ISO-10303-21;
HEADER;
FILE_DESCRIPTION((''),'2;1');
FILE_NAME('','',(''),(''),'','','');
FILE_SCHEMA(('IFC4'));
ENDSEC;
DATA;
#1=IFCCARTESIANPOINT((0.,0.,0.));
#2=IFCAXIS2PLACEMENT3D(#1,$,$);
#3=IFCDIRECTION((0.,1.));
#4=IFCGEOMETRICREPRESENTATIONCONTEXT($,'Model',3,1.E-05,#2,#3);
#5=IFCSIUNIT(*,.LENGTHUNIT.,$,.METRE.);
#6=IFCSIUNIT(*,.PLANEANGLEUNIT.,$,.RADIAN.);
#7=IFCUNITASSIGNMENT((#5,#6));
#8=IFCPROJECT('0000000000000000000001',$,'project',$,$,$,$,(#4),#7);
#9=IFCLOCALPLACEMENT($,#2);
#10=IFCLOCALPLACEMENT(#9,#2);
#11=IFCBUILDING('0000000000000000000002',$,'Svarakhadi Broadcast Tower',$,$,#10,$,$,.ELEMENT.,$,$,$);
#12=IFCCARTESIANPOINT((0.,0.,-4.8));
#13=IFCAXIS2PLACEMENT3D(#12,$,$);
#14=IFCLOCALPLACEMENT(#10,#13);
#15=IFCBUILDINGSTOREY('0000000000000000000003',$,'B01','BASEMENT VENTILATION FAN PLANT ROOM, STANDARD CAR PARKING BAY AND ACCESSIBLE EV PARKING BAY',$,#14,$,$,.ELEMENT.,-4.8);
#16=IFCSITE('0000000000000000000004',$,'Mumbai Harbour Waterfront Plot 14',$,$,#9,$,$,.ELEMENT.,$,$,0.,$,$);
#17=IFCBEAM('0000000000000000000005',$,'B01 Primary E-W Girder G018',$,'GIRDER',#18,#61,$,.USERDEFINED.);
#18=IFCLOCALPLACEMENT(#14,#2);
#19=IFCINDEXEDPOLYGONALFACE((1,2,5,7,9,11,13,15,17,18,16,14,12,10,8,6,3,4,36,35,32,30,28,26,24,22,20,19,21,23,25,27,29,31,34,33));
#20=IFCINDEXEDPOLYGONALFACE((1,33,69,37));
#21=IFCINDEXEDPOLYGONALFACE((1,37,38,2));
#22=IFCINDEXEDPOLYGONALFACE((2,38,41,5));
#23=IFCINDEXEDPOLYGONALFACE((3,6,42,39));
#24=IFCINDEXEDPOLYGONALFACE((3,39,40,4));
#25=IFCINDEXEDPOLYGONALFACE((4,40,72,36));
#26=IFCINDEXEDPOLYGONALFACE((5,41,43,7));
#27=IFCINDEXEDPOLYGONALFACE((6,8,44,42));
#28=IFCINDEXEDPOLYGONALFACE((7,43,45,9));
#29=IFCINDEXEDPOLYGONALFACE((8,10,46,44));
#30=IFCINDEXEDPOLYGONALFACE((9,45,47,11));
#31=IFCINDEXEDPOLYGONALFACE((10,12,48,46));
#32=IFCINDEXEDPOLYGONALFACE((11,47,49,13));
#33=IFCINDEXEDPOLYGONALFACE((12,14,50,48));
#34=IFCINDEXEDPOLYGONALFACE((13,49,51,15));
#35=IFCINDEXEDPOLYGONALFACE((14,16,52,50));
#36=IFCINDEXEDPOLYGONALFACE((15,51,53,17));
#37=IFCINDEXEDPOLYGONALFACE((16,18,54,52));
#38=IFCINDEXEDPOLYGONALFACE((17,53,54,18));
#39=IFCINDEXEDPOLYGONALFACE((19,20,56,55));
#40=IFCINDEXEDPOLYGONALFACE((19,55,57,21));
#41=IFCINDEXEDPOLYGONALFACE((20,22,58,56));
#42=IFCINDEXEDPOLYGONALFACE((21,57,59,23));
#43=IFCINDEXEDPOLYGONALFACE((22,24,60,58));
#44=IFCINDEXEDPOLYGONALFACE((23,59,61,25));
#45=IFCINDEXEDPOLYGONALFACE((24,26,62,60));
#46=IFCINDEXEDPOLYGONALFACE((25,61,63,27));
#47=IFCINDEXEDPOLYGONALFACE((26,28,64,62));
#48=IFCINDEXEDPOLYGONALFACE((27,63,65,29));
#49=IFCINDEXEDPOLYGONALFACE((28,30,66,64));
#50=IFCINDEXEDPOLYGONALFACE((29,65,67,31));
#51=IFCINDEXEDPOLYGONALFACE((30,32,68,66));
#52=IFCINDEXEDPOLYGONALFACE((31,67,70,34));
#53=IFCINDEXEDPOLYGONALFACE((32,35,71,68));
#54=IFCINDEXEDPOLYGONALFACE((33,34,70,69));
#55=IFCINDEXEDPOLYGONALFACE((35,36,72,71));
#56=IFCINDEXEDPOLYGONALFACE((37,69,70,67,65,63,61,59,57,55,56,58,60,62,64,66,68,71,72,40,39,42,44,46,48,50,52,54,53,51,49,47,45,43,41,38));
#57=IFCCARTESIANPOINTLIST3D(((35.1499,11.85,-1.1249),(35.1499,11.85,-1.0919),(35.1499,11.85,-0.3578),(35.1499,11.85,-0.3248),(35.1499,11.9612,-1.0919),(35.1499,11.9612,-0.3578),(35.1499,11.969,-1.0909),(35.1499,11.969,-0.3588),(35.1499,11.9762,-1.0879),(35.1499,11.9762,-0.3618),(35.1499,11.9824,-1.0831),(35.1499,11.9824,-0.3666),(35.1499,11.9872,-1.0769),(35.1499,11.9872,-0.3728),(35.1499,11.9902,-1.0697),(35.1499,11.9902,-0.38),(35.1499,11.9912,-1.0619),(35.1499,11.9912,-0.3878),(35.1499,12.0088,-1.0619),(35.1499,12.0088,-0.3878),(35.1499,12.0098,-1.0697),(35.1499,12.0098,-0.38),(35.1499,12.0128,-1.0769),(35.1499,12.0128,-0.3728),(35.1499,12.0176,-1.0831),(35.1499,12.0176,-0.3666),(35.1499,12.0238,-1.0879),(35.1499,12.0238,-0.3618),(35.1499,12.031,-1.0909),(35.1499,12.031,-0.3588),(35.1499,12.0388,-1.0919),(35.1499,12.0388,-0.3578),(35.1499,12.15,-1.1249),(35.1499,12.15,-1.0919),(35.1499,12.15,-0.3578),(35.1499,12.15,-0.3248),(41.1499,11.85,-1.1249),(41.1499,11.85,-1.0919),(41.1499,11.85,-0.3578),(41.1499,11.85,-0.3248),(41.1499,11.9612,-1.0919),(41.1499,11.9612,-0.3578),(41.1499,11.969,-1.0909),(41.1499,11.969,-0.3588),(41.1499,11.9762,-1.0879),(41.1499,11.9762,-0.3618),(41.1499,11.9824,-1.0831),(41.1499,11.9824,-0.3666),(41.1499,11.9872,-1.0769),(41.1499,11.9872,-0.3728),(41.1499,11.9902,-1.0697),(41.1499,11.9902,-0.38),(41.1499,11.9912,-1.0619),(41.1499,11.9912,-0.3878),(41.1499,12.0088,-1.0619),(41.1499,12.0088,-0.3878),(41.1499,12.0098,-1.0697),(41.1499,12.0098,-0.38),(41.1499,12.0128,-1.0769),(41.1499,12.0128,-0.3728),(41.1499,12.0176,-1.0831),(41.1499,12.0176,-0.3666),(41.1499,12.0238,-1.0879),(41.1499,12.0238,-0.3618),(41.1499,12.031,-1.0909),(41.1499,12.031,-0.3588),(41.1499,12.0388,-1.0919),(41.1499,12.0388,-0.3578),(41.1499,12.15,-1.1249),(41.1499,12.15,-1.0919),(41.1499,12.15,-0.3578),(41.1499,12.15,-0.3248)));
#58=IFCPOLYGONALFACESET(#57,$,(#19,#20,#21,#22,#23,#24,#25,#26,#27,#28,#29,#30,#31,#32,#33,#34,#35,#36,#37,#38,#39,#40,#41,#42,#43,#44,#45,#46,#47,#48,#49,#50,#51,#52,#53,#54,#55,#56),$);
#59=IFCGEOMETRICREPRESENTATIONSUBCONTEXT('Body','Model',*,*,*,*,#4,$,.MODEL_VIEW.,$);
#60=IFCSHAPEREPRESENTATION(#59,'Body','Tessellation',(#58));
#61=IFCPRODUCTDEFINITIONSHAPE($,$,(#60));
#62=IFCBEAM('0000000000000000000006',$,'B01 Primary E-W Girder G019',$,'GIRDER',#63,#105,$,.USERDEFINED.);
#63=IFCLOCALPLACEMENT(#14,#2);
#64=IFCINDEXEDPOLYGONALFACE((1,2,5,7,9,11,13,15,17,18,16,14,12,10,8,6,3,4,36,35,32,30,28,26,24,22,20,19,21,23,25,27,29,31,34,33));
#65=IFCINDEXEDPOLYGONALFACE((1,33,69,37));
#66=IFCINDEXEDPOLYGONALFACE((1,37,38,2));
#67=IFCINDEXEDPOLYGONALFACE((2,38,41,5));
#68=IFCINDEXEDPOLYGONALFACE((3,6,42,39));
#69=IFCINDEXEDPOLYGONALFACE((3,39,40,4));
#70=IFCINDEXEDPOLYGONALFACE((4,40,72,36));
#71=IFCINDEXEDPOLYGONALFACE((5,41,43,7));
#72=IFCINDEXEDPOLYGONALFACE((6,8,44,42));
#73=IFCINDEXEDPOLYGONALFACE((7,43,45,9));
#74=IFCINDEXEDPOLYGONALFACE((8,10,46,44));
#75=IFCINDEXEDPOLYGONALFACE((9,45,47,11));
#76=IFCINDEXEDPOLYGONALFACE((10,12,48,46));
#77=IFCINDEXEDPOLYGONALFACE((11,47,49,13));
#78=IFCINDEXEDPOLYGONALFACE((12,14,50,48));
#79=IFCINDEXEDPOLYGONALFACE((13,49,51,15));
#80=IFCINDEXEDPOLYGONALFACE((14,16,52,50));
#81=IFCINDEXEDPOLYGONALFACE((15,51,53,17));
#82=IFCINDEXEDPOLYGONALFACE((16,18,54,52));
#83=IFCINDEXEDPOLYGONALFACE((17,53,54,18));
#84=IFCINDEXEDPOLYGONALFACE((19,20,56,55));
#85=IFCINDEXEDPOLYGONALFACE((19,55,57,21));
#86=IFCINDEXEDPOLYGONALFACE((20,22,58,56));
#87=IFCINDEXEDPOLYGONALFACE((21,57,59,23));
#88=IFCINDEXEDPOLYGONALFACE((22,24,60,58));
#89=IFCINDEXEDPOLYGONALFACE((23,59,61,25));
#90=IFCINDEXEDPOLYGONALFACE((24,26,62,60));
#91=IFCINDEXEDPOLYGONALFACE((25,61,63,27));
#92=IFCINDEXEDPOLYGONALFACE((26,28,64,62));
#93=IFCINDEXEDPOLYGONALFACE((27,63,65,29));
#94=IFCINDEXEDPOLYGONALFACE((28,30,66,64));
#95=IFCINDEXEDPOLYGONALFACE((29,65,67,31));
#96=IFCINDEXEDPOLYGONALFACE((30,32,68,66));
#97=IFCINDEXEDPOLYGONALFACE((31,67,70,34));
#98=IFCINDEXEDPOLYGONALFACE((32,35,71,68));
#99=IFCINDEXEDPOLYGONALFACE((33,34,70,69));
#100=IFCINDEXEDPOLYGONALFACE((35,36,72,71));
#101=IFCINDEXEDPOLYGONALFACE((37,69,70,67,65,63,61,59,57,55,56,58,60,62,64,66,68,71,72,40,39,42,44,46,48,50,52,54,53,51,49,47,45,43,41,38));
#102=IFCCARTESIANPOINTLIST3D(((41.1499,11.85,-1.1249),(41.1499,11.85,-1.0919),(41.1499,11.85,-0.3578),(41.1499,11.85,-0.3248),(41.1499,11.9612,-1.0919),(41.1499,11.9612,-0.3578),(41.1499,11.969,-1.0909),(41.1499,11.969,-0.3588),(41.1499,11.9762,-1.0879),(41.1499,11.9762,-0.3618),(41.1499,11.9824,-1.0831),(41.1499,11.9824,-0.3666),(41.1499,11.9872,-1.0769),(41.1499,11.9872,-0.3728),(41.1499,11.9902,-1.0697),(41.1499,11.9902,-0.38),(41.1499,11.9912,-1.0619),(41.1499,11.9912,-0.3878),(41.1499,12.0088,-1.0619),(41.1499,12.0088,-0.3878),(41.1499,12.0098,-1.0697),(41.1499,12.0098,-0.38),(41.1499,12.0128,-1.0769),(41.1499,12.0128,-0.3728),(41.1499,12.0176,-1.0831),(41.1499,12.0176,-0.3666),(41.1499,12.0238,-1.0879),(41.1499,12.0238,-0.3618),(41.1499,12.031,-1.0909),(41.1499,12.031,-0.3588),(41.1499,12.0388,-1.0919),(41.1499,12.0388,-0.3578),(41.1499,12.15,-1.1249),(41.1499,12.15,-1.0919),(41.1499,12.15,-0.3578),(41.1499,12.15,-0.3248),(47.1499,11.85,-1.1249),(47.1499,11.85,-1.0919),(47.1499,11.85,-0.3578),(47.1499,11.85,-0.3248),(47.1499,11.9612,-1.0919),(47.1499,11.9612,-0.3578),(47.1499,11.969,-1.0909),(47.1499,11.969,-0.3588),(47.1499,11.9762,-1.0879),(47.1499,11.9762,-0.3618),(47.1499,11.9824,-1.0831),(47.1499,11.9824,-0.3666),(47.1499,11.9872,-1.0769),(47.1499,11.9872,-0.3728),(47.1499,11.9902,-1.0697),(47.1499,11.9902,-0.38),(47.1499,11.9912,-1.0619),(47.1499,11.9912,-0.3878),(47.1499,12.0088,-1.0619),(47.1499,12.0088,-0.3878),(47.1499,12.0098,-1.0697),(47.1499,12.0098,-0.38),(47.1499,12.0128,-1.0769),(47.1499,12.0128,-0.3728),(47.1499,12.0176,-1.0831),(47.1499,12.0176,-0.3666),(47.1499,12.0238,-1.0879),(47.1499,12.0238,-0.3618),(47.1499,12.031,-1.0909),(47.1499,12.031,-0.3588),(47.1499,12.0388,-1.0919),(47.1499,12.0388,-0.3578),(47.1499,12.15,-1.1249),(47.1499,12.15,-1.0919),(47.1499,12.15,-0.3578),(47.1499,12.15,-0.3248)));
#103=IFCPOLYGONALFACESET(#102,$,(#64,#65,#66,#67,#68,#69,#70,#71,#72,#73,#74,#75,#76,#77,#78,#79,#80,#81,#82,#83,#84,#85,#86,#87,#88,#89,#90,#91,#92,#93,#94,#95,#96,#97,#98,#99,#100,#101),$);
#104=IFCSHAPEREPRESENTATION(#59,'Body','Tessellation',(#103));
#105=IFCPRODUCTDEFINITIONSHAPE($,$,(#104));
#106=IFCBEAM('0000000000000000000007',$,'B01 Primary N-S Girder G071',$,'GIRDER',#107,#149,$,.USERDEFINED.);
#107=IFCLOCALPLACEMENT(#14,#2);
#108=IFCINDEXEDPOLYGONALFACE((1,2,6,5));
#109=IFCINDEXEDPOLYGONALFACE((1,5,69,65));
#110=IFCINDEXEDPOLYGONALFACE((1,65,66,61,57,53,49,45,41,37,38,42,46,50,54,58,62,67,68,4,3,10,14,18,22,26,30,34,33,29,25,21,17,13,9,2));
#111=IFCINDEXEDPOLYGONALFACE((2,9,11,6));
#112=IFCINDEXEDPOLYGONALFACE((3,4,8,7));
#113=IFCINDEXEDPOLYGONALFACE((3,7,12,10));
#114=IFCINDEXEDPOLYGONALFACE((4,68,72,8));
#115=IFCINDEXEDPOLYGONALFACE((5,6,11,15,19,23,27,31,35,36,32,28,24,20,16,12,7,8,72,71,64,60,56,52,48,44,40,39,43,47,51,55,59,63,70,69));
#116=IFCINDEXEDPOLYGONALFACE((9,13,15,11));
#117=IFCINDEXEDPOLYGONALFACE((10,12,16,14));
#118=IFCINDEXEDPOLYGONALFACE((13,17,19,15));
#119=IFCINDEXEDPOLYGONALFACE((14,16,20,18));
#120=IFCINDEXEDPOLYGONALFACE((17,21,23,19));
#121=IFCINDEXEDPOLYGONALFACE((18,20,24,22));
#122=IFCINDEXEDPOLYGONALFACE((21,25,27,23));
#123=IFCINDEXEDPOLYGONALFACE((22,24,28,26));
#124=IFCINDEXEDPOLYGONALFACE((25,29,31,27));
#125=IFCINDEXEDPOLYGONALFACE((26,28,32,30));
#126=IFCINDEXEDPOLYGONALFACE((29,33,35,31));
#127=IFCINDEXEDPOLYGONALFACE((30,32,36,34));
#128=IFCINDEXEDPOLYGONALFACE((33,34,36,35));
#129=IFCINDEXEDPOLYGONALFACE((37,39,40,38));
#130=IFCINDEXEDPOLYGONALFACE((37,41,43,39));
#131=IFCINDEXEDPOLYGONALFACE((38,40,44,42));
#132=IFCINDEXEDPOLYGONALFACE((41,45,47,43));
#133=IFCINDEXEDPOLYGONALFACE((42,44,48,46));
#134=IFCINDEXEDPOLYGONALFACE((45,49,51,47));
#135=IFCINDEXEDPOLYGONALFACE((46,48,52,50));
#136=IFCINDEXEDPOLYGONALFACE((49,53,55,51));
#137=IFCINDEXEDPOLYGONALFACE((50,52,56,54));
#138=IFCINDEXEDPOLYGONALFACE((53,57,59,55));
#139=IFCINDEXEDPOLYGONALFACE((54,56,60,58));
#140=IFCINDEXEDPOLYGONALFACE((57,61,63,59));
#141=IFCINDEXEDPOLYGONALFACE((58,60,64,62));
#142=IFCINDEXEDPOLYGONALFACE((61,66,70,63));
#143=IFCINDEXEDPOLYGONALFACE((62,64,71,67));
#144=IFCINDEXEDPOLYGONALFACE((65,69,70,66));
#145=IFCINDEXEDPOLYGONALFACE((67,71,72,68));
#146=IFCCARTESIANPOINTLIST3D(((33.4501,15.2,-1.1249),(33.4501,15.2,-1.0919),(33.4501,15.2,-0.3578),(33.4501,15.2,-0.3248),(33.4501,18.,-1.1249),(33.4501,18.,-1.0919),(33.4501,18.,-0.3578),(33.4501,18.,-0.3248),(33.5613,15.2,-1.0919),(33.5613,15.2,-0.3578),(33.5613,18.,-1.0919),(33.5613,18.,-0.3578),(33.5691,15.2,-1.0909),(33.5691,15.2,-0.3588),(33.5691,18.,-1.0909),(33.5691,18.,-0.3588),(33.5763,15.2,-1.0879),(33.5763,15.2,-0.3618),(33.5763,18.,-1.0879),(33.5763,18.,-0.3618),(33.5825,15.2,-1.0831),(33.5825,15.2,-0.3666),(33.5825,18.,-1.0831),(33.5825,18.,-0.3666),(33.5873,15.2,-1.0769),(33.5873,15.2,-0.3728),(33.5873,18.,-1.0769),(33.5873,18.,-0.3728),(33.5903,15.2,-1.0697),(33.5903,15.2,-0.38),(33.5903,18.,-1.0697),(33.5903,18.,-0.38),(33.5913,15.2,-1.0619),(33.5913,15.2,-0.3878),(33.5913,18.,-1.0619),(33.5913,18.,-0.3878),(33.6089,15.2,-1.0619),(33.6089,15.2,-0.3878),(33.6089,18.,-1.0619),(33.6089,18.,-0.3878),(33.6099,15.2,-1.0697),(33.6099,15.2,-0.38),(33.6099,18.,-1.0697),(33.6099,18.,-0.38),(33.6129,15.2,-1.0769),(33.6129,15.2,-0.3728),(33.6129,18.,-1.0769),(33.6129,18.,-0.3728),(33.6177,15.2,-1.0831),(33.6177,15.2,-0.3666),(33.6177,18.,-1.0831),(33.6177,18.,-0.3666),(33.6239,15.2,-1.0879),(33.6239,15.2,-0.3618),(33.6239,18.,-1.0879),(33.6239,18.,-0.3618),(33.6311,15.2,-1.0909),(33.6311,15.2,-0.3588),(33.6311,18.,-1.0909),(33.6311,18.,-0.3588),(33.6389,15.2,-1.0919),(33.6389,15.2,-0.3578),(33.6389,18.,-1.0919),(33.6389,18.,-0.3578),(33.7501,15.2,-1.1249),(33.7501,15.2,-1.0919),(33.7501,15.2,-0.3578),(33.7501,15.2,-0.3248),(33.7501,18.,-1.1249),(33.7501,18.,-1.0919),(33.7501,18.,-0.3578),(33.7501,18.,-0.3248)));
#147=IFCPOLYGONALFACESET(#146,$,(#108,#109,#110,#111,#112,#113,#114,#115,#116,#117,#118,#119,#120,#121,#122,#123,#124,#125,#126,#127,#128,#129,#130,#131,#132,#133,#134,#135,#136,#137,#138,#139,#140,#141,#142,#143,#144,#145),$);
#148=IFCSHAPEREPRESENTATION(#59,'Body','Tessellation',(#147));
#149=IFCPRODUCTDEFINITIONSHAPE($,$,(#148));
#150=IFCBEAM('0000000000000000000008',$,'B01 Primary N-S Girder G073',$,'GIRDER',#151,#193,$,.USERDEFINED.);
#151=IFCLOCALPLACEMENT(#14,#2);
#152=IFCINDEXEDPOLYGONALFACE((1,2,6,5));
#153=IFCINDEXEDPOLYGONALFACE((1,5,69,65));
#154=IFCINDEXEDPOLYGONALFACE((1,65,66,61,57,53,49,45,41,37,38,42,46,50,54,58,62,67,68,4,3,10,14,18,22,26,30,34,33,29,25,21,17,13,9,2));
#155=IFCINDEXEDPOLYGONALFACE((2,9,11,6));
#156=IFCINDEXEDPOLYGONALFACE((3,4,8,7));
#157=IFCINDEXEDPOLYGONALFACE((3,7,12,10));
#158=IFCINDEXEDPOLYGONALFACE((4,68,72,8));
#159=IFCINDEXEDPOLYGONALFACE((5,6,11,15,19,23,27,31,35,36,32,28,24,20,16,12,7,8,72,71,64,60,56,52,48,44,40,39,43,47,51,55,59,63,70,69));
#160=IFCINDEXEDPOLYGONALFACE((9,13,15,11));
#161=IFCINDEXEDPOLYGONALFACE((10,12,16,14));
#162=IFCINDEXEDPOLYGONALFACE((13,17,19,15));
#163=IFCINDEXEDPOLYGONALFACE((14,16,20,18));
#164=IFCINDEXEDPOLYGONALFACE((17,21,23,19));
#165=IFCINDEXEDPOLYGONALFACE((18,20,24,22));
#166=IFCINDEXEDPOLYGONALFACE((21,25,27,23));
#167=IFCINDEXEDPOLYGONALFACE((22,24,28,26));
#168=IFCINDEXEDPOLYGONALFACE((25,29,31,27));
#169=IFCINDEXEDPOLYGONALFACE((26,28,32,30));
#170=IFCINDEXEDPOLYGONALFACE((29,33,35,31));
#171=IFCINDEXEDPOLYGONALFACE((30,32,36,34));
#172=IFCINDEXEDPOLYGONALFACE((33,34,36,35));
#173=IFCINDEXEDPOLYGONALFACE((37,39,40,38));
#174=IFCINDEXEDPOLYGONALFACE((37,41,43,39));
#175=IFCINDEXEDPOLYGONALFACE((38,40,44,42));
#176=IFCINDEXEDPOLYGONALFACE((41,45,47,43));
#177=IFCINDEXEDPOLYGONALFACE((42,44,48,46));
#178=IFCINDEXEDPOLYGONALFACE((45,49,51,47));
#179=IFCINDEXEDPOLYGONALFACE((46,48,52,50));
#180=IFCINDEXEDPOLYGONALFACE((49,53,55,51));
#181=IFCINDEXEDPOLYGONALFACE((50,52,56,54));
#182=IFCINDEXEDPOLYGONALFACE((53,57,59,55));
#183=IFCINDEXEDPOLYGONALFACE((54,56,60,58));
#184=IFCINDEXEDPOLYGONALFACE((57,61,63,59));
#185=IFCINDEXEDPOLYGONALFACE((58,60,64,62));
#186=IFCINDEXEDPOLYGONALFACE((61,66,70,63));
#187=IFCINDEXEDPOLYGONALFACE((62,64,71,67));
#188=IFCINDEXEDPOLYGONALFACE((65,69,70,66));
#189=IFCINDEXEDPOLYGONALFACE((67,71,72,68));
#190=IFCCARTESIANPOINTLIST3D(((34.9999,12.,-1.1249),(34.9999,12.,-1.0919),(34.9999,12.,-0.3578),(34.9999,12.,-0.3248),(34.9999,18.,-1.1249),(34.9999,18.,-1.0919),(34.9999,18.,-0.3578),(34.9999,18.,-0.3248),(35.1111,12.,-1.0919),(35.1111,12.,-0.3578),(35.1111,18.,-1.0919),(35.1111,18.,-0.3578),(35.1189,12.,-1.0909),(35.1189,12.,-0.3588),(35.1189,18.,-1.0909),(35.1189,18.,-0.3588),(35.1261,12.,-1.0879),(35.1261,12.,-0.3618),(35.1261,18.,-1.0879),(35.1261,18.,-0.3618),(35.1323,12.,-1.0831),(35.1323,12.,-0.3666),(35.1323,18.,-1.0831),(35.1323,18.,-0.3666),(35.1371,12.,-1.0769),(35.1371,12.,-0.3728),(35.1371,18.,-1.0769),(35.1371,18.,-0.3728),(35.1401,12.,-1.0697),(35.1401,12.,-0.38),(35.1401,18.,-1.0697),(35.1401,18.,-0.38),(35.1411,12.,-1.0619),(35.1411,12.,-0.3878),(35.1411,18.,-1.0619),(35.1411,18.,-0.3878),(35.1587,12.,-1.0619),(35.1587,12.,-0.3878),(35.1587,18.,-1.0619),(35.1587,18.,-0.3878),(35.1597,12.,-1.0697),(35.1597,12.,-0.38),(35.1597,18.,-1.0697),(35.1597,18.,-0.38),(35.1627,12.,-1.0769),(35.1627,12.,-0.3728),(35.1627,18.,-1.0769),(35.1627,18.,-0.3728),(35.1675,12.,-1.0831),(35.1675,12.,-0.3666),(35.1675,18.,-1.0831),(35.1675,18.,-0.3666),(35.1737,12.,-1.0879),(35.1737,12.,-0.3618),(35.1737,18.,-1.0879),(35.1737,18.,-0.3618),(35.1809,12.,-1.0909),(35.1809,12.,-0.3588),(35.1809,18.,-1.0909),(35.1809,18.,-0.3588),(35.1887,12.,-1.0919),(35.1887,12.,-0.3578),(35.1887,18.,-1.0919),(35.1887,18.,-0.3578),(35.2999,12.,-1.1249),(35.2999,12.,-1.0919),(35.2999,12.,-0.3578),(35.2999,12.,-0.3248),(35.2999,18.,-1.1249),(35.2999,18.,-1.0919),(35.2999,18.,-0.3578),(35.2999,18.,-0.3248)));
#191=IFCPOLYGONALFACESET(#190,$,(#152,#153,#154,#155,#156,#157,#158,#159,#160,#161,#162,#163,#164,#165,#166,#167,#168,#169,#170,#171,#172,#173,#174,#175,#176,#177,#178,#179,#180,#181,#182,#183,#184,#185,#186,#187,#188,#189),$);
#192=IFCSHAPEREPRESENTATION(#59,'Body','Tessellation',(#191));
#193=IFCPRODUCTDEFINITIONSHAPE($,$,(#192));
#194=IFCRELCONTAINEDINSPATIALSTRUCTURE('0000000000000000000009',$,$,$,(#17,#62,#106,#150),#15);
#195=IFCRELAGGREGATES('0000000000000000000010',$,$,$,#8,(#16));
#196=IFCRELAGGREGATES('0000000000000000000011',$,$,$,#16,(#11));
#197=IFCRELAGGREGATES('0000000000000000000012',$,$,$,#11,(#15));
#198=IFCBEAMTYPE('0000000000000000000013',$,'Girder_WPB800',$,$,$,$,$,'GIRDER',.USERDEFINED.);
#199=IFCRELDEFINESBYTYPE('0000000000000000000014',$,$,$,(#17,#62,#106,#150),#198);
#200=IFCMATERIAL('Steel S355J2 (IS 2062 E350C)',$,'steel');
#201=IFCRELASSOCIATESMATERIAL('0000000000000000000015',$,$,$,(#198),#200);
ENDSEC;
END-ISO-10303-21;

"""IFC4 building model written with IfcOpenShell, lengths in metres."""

from ifc_helpers import new_model, si_unit, direction, frame, origin, origin_2d, place, context, subcontext, project, spatial, i_section, extrude, material, material_profile, profile_set, type_object, element, save


model = new_model("IFC4")

# Units and contexts
model_context = context("Model", 3, precision=1e-05, world=origin(), true_north=direction((0.0, 1.0)))
body_context = subcontext(model_context, "Body", "Model", "MODEL_VIEW")
ifc_project = project(units=[si_unit("LENGTHUNIT", "METRE"), si_unit("PLANEANGLEUNIT", "RADIAN")], contexts=[model_context])

# Site, building, storey
site_placement = place(None, origin())
site = spatial("IfcSite", under=ifc_project, at=site_placement, Name="Mumbai Harbour Waterfront Plot 14", CompositionType="ELEMENT", RefElevation=0.0)
building_placement = place(site_placement, origin())
building = spatial("IfcBuilding", under=site, at=building_placement, Name="Svarakhadi Broadcast Tower", CompositionType="ELEMENT")
storey_placement = place(building_placement, frame((0.0, 0.0, -4.8)))
storey = spatial("IfcBuildingStorey", under=building, at=storey_placement, Name="B01", Description="BASEMENT VENTILATION FAN PLANT ROOM, STANDARD CAR PARKING BAY AND ACCESSIBLE EV PARKING BAY", CompositionType="ELEMENT", Elevation=-4.8)

# Beams
ifc_material_1 = material(Name="Steel S355J2 (IS 2062 E350C)", Category="steel")
ifc_material_profile_1 = material_profile(ifc_material_1, i_section(OverallWidth=0.3, OverallDepth=0.8, WebThickness=0.0176, FlangeThickness=0.033, FilletRadius=0.03, at=origin_2d()), Name="WPB 800x300x262")
ifc_profile_set_1 = profile_set([ifc_material_profile_1], Name="Steel S355J2 (IS 2062 E350C)")
beam_type_1 = type_object("IfcBeamType", Name="Girder_WPB800", ElementType="GIRDER", PredefinedType="USERDEFINED", material=ifc_profile_set_1)
for number, where, z_axis, x_axis, name in (
    (1, (35.1499, 12.0, -0.7249), (1.0, 0.0, 0.0), (0.0, 1.0, 0.0), "B01 Primary E-W Girder G018"),
    (2, (41.1499, 12.0, -0.7249), (1.0, 0.0, 0.0), (0.0, 1.0, 0.0), "B01 Primary E-W Girder G019"),
):
    element("IfcBeam", number, at=place(storey_placement, frame(where, z_axis=z_axis, x_axis=x_axis)), inside=storey, type_object=beam_type_1, Name=name, ObjectType="GIRDER", PredefinedType="USERDEFINED", context=body_context, shape_type="SweptSolid", body=[
        extrude(i_section(OverallWidth=0.3, OverallDepth=0.8, WebThickness=0.0176, FlangeThickness=0.033, FilletRadius=0.03, at=origin_2d()), origin(), (0.0, 0.0, 1.0), 6.0),
    ])
beam_1_placement = place(storey_placement, frame((33.6001, 15.2, -0.7249), z_axis=(0.0, 1.0, 0.0), x_axis=(-1.0, 0.0, 0.0)))
element("IfcBeam", 3, at=beam_1_placement, inside=storey, type_object=beam_type_1, Name="B01 Primary N-S Girder G071", ObjectType="GIRDER", PredefinedType="USERDEFINED", context=body_context, shape_type="SweptSolid", body=[
    extrude(i_section(OverallWidth=0.3, OverallDepth=0.8, WebThickness=0.0176, FlangeThickness=0.033, FilletRadius=0.03, at=origin_2d()), origin(), (0.0, 0.0, 1.0), 2.8),
])
for number, where, z_axis, x_axis, name in (
    (4, (35.1499, 12.0, -0.7249), (0.0, 1.0, 0.0), (-1.0, 0.0, 0.0), "B01 Primary N-S Girder G073"),
):
    element("IfcBeam", number, at=place(storey_placement, frame(where, z_axis=z_axis, x_axis=x_axis)), inside=storey, type_object=beam_type_1, Name=name, ObjectType="GIRDER", PredefinedType="USERDEFINED", context=body_context, shape_type="SweptSolid", body=[
        extrude(i_section(OverallWidth=0.3, OverallDepth=0.8, WebThickness=0.0176, FlangeThickness=0.033, FilletRadius=0.03, at=origin_2d()), origin(), (0.0, 0.0, 1.0), 6.0),
    ])

save(model, "model.ifc")
